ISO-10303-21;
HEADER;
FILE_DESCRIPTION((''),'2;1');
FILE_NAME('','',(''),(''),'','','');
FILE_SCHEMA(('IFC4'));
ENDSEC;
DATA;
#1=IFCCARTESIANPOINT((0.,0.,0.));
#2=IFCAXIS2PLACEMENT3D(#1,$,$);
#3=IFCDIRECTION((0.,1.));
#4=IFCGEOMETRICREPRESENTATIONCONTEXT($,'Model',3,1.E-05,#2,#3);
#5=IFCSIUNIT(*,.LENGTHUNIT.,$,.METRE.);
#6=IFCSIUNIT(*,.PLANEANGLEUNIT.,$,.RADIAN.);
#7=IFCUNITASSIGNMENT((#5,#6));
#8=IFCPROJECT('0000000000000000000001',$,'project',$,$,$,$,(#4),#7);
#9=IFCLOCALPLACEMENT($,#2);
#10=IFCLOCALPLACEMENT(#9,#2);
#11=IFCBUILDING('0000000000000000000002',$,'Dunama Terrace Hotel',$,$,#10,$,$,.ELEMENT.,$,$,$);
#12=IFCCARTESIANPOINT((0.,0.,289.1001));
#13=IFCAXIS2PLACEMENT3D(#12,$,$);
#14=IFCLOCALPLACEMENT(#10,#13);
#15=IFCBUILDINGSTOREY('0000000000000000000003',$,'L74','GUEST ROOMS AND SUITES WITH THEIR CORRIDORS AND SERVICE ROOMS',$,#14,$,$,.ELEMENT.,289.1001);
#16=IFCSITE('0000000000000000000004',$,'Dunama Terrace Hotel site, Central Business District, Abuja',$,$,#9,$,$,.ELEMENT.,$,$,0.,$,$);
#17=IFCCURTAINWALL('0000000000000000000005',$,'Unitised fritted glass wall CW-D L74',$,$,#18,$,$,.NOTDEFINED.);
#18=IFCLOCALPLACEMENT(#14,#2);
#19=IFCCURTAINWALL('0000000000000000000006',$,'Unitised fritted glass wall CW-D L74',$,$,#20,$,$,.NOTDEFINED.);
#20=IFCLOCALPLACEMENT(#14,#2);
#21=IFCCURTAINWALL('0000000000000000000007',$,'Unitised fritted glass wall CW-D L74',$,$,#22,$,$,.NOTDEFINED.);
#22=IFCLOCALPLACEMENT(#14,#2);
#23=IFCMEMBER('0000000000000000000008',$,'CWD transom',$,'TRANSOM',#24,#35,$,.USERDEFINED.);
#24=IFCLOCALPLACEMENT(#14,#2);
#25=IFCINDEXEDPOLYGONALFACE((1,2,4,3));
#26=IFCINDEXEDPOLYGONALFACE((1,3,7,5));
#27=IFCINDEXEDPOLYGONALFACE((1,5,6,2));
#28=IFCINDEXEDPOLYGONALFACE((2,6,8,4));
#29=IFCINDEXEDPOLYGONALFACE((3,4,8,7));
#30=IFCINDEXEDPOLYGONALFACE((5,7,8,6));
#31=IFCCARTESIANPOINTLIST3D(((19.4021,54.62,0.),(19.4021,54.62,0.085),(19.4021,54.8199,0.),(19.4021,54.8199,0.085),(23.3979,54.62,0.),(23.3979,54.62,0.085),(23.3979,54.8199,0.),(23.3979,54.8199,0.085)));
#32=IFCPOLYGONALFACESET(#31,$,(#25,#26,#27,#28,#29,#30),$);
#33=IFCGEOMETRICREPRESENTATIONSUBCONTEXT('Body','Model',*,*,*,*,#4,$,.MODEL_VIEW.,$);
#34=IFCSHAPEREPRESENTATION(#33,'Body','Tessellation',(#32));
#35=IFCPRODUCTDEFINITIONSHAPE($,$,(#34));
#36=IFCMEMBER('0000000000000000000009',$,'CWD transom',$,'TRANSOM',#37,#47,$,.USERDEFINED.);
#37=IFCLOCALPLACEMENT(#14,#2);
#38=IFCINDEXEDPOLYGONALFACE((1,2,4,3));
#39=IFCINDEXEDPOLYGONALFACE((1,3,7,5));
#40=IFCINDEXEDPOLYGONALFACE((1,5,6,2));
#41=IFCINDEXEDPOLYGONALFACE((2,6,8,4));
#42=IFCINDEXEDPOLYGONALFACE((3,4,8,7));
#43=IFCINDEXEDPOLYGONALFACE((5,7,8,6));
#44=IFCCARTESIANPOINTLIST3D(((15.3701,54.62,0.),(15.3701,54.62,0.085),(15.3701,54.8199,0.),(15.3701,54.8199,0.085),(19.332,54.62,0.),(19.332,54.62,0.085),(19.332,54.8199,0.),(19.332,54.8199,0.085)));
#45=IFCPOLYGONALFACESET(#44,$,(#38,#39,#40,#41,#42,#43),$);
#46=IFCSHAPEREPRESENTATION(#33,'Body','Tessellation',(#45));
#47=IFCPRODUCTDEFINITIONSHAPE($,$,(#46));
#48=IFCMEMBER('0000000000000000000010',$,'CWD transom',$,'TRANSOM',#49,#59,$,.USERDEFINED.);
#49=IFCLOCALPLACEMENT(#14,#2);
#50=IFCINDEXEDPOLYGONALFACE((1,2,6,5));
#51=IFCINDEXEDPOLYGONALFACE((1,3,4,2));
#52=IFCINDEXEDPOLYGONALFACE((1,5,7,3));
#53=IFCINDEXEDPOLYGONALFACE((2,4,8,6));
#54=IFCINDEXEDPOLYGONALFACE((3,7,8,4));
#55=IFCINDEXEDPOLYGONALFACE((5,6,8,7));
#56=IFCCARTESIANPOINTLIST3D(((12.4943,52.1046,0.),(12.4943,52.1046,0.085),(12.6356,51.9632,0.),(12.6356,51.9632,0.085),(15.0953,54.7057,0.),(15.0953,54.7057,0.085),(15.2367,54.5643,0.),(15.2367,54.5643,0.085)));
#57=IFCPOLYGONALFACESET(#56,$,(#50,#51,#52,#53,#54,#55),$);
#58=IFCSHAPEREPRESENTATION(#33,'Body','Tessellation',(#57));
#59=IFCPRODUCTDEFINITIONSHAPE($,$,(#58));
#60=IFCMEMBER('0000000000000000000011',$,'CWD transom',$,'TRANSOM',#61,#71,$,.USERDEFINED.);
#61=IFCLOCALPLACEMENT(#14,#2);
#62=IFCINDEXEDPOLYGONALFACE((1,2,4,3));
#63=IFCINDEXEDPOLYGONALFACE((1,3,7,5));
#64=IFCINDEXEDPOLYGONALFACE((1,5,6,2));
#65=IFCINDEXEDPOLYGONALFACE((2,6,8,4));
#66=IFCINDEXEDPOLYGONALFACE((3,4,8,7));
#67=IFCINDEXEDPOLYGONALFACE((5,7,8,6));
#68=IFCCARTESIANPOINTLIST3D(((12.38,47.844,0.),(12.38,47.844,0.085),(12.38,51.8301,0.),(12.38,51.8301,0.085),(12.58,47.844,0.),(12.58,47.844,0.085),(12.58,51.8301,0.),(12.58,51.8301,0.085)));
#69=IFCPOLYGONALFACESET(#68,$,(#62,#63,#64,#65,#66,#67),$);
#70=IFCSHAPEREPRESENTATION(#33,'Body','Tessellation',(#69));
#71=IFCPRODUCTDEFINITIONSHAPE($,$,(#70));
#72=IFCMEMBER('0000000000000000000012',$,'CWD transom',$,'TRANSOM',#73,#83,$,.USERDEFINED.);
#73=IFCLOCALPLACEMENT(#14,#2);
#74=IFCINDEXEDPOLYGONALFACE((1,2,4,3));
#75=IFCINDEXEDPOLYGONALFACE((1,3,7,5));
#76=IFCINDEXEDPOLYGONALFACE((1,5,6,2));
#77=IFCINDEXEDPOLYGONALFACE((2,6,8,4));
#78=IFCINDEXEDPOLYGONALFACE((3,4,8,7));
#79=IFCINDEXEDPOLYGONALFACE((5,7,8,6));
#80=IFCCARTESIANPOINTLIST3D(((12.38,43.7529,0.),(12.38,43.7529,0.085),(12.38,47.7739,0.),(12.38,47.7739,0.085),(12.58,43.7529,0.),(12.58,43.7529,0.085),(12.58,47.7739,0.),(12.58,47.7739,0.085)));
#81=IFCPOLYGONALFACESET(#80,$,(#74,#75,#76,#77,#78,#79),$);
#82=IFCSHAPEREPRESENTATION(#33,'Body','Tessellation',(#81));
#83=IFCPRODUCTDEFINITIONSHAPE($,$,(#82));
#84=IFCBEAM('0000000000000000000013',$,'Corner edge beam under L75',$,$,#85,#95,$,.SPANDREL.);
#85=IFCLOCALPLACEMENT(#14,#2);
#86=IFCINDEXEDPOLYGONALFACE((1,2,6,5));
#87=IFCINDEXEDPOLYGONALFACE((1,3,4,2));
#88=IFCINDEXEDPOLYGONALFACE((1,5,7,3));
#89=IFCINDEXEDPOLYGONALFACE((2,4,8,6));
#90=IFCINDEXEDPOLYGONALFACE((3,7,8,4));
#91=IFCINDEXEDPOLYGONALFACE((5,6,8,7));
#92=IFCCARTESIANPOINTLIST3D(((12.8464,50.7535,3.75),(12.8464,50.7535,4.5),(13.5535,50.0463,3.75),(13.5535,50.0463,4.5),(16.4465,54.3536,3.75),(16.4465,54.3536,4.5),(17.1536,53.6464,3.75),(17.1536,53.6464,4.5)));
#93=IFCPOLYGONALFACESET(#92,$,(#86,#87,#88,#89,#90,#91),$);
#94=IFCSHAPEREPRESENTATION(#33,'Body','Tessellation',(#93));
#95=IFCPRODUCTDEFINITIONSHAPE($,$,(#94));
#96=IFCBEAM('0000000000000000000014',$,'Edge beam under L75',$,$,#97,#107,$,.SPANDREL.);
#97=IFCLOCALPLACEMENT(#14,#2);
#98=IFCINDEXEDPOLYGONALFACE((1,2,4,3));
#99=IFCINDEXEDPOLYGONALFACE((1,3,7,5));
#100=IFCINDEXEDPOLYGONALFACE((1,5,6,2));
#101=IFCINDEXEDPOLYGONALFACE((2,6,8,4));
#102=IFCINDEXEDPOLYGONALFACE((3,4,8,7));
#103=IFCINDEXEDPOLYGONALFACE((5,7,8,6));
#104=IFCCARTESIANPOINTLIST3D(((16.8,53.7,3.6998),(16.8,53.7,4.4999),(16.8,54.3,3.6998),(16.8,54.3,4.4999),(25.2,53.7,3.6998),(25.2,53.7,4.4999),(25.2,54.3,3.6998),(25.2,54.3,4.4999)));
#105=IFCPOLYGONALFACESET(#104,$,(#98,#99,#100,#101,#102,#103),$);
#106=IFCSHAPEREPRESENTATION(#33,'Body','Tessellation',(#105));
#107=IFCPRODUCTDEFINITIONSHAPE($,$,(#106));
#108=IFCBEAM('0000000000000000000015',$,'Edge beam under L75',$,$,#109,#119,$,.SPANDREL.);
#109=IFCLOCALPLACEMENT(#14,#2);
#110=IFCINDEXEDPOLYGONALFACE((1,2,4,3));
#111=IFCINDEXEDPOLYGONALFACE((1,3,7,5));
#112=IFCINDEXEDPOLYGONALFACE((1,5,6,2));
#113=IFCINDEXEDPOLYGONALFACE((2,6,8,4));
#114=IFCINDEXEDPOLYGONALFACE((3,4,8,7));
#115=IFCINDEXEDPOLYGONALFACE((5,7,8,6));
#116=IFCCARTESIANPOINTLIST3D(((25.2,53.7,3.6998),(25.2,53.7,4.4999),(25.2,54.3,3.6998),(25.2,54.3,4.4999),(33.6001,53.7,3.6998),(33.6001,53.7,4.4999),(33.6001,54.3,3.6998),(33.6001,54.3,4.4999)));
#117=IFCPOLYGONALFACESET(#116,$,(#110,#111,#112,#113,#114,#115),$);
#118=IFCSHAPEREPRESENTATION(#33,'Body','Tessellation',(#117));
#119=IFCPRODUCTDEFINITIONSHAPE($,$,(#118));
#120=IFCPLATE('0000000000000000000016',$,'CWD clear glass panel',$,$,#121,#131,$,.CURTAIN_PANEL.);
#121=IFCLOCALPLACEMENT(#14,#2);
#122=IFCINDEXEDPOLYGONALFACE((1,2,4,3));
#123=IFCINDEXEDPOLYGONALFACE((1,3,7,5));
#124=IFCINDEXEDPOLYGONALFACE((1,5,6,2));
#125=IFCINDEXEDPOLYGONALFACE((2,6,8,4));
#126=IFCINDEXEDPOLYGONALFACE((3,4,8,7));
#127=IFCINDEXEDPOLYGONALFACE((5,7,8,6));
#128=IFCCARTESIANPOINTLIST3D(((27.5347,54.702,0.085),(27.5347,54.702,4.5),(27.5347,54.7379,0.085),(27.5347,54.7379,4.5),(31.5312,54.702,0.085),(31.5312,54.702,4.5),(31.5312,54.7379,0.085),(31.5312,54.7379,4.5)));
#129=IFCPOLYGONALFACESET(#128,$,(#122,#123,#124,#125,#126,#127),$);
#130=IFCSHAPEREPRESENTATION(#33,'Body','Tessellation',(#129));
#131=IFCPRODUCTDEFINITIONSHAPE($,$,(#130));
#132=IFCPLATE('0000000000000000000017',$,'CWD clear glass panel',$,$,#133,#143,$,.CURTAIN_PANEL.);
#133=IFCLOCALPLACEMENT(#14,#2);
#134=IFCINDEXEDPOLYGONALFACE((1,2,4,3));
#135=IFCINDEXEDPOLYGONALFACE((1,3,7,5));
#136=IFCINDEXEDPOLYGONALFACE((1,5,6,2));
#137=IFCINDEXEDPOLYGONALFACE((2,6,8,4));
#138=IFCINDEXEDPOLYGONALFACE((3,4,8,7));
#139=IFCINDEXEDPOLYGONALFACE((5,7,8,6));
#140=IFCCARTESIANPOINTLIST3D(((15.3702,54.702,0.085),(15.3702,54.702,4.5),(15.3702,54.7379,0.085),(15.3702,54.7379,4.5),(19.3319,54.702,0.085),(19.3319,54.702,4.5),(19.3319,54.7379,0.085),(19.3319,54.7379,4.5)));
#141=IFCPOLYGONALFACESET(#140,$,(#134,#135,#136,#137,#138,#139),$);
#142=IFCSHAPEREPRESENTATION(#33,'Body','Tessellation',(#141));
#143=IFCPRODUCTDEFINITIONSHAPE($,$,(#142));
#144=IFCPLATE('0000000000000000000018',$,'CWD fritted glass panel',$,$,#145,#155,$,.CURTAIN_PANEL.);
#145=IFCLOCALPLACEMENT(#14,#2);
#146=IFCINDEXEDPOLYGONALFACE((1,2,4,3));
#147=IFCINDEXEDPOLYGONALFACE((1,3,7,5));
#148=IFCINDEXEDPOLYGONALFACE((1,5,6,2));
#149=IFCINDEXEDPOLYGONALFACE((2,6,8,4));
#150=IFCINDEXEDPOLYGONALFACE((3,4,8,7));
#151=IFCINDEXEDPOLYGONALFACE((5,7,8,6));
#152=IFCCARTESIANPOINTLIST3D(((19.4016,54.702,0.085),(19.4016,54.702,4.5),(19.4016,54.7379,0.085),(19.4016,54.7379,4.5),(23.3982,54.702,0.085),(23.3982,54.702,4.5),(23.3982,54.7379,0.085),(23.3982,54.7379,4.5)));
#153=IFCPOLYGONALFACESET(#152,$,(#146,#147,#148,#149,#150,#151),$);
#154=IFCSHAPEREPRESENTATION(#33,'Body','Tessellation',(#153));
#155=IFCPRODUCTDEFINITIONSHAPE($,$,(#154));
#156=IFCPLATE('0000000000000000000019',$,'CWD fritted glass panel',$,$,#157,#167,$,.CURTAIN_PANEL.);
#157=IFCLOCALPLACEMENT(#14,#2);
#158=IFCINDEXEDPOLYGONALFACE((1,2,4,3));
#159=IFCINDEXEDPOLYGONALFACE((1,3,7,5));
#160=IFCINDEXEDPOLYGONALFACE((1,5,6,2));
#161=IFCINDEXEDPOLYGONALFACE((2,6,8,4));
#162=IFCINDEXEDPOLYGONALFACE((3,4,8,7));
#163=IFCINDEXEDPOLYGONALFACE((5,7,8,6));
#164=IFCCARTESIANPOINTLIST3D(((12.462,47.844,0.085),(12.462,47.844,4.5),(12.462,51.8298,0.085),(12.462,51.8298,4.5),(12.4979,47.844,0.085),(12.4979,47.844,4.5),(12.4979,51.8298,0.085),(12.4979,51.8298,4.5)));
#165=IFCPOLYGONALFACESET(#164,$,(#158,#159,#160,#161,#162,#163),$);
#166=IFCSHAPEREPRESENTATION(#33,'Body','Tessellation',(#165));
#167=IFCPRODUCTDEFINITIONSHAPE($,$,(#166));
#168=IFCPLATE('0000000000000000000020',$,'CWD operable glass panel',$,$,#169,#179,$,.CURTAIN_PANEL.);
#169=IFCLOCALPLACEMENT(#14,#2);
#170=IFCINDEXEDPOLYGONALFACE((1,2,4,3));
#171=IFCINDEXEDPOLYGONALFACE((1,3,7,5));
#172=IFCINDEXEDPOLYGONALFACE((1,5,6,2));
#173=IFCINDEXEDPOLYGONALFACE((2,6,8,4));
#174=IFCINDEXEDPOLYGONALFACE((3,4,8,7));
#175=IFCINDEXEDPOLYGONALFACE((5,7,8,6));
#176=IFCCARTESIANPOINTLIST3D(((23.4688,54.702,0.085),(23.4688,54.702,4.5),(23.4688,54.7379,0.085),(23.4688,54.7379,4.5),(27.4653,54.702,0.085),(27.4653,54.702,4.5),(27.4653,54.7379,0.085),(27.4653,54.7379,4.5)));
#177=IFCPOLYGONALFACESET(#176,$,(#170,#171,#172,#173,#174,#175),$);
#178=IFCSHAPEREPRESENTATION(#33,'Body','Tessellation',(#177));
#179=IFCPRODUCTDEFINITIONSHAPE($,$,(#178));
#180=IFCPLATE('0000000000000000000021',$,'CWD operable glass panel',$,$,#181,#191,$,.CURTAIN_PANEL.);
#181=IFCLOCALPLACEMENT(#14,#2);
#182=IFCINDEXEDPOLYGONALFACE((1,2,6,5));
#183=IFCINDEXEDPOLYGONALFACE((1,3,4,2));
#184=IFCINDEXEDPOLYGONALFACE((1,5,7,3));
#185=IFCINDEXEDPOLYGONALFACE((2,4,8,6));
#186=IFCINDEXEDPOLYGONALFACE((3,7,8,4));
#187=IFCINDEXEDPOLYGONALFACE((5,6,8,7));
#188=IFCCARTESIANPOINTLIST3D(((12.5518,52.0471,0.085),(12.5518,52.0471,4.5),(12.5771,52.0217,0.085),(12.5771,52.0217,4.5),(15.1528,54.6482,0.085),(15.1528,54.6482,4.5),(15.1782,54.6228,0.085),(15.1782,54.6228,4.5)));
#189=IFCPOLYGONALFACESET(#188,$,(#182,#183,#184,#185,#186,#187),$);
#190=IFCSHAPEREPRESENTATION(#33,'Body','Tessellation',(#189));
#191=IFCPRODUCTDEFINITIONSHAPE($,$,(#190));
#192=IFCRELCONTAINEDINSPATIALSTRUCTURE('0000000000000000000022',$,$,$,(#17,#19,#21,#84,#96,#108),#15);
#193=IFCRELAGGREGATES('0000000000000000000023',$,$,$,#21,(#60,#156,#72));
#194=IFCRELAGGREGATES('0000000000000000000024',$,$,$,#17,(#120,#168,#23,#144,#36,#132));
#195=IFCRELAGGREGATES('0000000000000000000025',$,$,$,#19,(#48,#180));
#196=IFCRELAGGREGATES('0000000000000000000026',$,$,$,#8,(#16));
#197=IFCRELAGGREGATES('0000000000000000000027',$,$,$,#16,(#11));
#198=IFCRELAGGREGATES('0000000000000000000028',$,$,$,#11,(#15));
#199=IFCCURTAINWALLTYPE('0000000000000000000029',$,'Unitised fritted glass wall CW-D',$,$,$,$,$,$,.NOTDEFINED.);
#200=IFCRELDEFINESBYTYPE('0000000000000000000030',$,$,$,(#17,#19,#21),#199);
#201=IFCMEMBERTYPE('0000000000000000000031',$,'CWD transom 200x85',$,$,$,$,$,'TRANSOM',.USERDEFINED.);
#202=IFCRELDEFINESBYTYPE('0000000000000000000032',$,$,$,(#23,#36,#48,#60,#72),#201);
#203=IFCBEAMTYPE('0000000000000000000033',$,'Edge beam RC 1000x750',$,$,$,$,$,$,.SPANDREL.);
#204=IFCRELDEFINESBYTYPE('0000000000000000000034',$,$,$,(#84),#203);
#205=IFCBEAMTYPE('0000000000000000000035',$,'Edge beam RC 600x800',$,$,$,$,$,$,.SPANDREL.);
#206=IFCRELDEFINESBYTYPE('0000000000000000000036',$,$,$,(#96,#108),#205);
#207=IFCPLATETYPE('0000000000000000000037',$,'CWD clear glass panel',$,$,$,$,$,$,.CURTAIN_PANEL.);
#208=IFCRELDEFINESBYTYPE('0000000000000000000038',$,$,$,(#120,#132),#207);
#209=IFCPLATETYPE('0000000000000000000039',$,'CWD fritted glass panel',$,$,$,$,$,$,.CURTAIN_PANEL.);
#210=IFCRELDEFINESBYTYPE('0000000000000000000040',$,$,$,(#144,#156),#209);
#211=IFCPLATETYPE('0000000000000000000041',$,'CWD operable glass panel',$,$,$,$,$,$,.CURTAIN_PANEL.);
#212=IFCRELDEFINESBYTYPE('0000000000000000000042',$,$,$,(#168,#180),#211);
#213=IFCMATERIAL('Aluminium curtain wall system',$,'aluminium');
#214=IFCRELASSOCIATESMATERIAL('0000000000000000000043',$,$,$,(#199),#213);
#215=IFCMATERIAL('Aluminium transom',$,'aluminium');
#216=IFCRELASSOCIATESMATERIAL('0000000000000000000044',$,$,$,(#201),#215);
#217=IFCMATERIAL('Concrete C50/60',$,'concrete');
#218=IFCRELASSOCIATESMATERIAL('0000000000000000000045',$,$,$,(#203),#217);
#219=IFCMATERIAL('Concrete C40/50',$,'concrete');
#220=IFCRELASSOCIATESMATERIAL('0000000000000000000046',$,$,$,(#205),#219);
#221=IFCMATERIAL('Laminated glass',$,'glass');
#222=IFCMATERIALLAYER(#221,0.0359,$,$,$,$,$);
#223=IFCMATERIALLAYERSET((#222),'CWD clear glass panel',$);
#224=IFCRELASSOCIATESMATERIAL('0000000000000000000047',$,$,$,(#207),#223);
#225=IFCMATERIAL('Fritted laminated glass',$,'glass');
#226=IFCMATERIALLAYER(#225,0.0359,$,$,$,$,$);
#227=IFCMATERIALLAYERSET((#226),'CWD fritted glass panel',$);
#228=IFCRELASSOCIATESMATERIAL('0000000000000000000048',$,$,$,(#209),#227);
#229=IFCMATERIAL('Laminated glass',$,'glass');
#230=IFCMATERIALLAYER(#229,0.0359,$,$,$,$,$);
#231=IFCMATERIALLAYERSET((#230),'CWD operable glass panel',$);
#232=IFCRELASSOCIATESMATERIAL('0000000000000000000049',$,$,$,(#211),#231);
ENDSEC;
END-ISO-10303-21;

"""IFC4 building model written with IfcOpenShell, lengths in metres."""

from ifc_helpers import new_model, si_unit, direction, frame, origin, origin_2d, place, context, subcontext, project, spatial, rectangle, extrude, material, layer, layer_set, material_profile, profile_set, type_object, element, aggregate, save


model = new_model("IFC4")

# Units and contexts
model_context = context("Model", 3, precision=1e-05, world=origin(), true_north=direction((0.0, 1.0)))
body_context = subcontext(model_context, "Body", "Model", "MODEL_VIEW")
ifc_project = project(units=[si_unit("LENGTHUNIT", "METRE"), si_unit("PLANEANGLEUNIT", "RADIAN")], contexts=[model_context])

# Site, building, storey
site_placement = place(None, origin())
site = spatial("IfcSite", under=ifc_project, at=site_placement, Name="Dunama Terrace Hotel site, Central Business District, Abuja", CompositionType="ELEMENT", RefElevation=0.0)
building_placement = place(site_placement, origin())
building = spatial("IfcBuilding", under=site, at=building_placement, Name="Dunama Terrace Hotel", CompositionType="ELEMENT")
storey_placement = place(building_placement, frame((0.0, 0.0, 289.1001)))
storey = spatial("IfcBuildingStorey", under=building, at=storey_placement, Name="L74", Description="GUEST ROOMS AND SUITES WITH THEIR CORRIDORS AND SERVICE ROOMS", CompositionType="ELEMENT", Elevation=289.1001)

# Curtain walls
ifc_material_1 = material(Name="Aluminium curtain wall system", Category="aluminium")
curtain_wall_type = type_object("IfcCurtainWallType", Name="Unitised fritted glass wall CW-D", PredefinedType="NOTDEFINED", material=ifc_material_1)
curtain_wall_1_placement = place(storey_placement, origin())
curtain_wall_1 = element("IfcCurtainWall", 1, at=curtain_wall_1_placement, inside=storey, type_object=curtain_wall_type, Name="Unitised fritted glass wall CW-D L74", PredefinedType="NOTDEFINED")
curtain_wall_2_placement = place(storey_placement, origin())
curtain_wall_2 = element("IfcCurtainWall", 2, at=curtain_wall_2_placement, inside=storey, type_object=curtain_wall_type, Name="Unitised fritted glass wall CW-D L74", PredefinedType="NOTDEFINED")
curtain_wall_3_placement = place(storey_placement, origin())
curtain_wall_3 = element("IfcCurtainWall", 3, at=curtain_wall_3_placement, inside=storey, type_object=curtain_wall_type, Name="Unitised fritted glass wall CW-D L74", PredefinedType="NOTDEFINED")

# Members
ifc_material_2 = material(Name="Aluminium transom", Category="aluminium")
ifc_material_profile_1 = material_profile(ifc_material_2, rectangle(XDim=0.2, YDim=0.085, at=origin_2d()), Name="CWD TRANSOM 200X85")
ifc_profile_set_1 = profile_set([ifc_material_profile_1], Name="Aluminium transom")
member_type_1 = type_object("IfcMemberType", Name="CWD transom 200x85", ElementType="TRANSOM", PredefinedType="USERDEFINED", material=ifc_profile_set_1)
member_1_placement = place(storey_placement, frame((23.3979, 54.72, 0.0425), z_axis=(-1.0, 0.0, 0.0), x_axis=(0.0, -1.0, 0.0)))
member_1 = element("IfcMember", 4, at=member_1_placement, type_object=member_type_1, Name="CWD transom", ObjectType="TRANSOM", PredefinedType="USERDEFINED", context=body_context, shape_type="SweptSolid", body=[
    extrude(rectangle(XDim=0.2, YDim=0.085, at=origin_2d()), origin(), (0.0, 0.0, 1.0), 3.9958),
])
member_2_placement = place(storey_placement, frame((19.332, 54.72, 0.0425), z_axis=(-1.0, 0.0, 0.0), x_axis=(0.0, -1.0, 0.0)))
member_2 = element("IfcMember", 5, at=member_2_placement, type_object=member_type_1, Name="CWD transom", ObjectType="TRANSOM", PredefinedType="USERDEFINED", context=body_context, shape_type="SweptSolid", body=[
    extrude(rectangle(XDim=0.2, YDim=0.085, at=origin_2d()), origin(), (0.0, 0.0, 1.0), 3.9619),
])
member_3_placement = place(storey_placement, frame((15.166, 54.635, 0.0425), z_axis=(-0.707107, -0.707107, 0.0), x_axis=(0.707107, -0.707107, 0.0)))
member_3 = element("IfcMember", 6, at=member_3_placement, type_object=member_type_1, Name="CWD transom", ObjectType="TRANSOM", PredefinedType="USERDEFINED", context=body_context, shape_type="SweptSolid", body=[
    extrude(rectangle(XDim=0.2, YDim=0.085, at=origin_2d()), origin(), (0.0, 0.0, 1.0), 3.6785),
])
member_4_placement = place(storey_placement, frame((12.48, 51.8301, 0.0425), z_axis=(0.0, -1.0, 0.0), x_axis=(1.0, 0.0, 0.0)))
member_4 = element("IfcMember", 7, at=member_4_placement, type_object=member_type_1, Name="CWD transom", ObjectType="TRANSOM", PredefinedType="USERDEFINED", context=body_context, shape_type="SweptSolid", body=[
    extrude(rectangle(XDim=0.2, YDim=0.085, at=origin_2d()), origin(), (0.0, 0.0, 1.0), 3.9861),
])
member_5_placement = place(storey_placement, frame((12.48, 47.7739, 0.0425), z_axis=(0.0, -1.0, 0.0), x_axis=(1.0, 0.0, 0.0)))
member_5 = element("IfcMember", 8, at=member_5_placement, type_object=member_type_1, Name="CWD transom", ObjectType="TRANSOM", PredefinedType="USERDEFINED", context=body_context, shape_type="SweptSolid", body=[
    extrude(rectangle(XDim=0.2, YDim=0.085, at=origin_2d()), origin(), (0.0, 0.0, 1.0), 4.021),
])

# Beams
ifc_material_3 = material(Name="Concrete C50/60", Category="concrete")
ifc_material_profile_2 = material_profile(ifc_material_3, rectangle(XDim=1.0, YDim=0.75, at=origin_2d()), Name="RC 1000x750")
ifc_profile_set_2 = profile_set([ifc_material_profile_2], Name="Concrete C50/60")
beam_type_1 = type_object("IfcBeamType", Name="Edge beam RC 1000x750", PredefinedType="SPANDREL", material=ifc_profile_set_2)
beam_1_placement = place(storey_placement, frame((16.8, 54.0, 4.125), z_axis=(-0.707107, -0.707107, 0.0), x_axis=(0.707107, -0.707107, 0.0)))
element("IfcBeam", 9, at=beam_1_placement, inside=storey, type_object=beam_type_1, Name="Corner edge beam under L75", PredefinedType="SPANDREL", context=body_context, shape_type="SweptSolid", body=[
    extrude(rectangle(XDim=1.0, YDim=0.75, at=origin_2d()), origin(), (0.0, 0.0, 1.0), 5.0913),
])
ifc_material_4 = material(Name="Concrete C40/50", Category="concrete")
ifc_material_profile_3 = material_profile(ifc_material_4, rectangle(XDim=0.6001, YDim=0.8, at=origin_2d()), Name="RC 600x800")
ifc_profile_set_3 = profile_set([ifc_material_profile_3], Name="Concrete C40/50")
beam_type_2 = type_object("IfcBeamType", Name="Edge beam RC 600x800", PredefinedType="SPANDREL", material=ifc_profile_set_3)
beam_2_placement = place(storey_placement, frame((16.8, 54.0, 4.0999), z_axis=(1.0, 0.0, 0.0), x_axis=(0.0, 1.0, 0.0)))
element("IfcBeam", 10, at=beam_2_placement, inside=storey, type_object=beam_type_2, Name="Edge beam under L75", PredefinedType="SPANDREL", context=body_context, shape_type="SweptSolid", body=[
    extrude(rectangle(XDim=0.6001, YDim=0.8, at=origin_2d()), origin(), (0.0, 0.0, 1.0), 8.3999),
])
beam_3_placement = place(storey_placement, frame((25.2, 54.0, 4.0999), z_axis=(1.0, 0.0, 0.0), x_axis=(0.0, 1.0, 0.0)))
element("IfcBeam", 11, at=beam_3_placement, inside=storey, type_object=beam_type_2, Name="Edge beam under L75", PredefinedType="SPANDREL", context=body_context, shape_type="SweptSolid", body=[
    extrude(rectangle(XDim=0.6001, YDim=0.8, at=origin_2d()), origin(), (0.0, 0.0, 1.0), 8.4001),
])

# Plates
ifc_material_5 = material(Name="Laminated glass", Category="glass")
ifc_layer_1 = layer(ifc_material_5, 0.0359)
ifc_layer_set_1 = layer_set([ifc_layer_1], Name="CWD clear glass panel")
plate_type_1 = type_object("IfcPlateType", Name="CWD clear glass panel", PredefinedType="CURTAIN_PANEL", material=ifc_layer_set_1)
plate_1_placement = place(storey_placement, frame((29.533, 54.72, 0.085), z_axis=(0.0, 0.0, 1.0), x_axis=(-1.0, 0.0, 0.0)))
plate_1 = element("IfcPlate", 12, at=plate_1_placement, type_object=plate_type_1, Name="CWD clear glass panel", PredefinedType="CURTAIN_PANEL", context=body_context, shape_type="SweptSolid", body=[
    extrude(rectangle(XDim=3.9966, YDim=0.0359, at=origin_2d()), origin(), (0.0, 0.0, 1.0), 4.415),
])
plate_2_placement = place(storey_placement, frame((17.3511, 54.72, 0.085), z_axis=(0.0, 0.0, 1.0), x_axis=(-1.0, 0.0, 0.0)))
plate_2 = element("IfcPlate", 13, at=plate_2_placement, type_object=plate_type_1, Name="CWD clear glass panel", PredefinedType="CURTAIN_PANEL", context=body_context, shape_type="SweptSolid", body=[
    extrude(rectangle(XDim=3.9617, YDim=0.0359, at=origin_2d()), origin(), (0.0, 0.0, 1.0), 4.415),
])
ifc_material_6 = material(Name="Fritted laminated glass", Category="glass")
ifc_layer_2 = layer(ifc_material_6, 0.0359)
ifc_layer_set_2 = layer_set([ifc_layer_2], Name="CWD fritted glass panel")
plate_type_2 = type_object("IfcPlateType", Name="CWD fritted glass panel", PredefinedType="CURTAIN_PANEL", material=ifc_layer_set_2)
plate_3_placement = place(storey_placement, frame((21.3999, 54.72, 0.085), z_axis=(0.0, 0.0, 1.0), x_axis=(-1.0, 0.0, 0.0)))
plate_3 = element("IfcPlate", 14, at=plate_3_placement, type_object=plate_type_2, Name="CWD fritted glass panel", PredefinedType="CURTAIN_PANEL", context=body_context, shape_type="SweptSolid", body=[
    extrude(rectangle(XDim=3.9966, YDim=0.0359, at=origin_2d()), origin(), (0.0, 0.0, 1.0), 4.415),
])
plate_4_placement = place(storey_placement, frame((12.48, 49.8369, 0.085), z_axis=(0.0, 0.0, 1.0), x_axis=(0.0, -1.0, 0.0)))
plate_4 = element("IfcPlate", 15, at=plate_4_placement, type_object=plate_type_2, Name="CWD fritted glass panel", PredefinedType="CURTAIN_PANEL", context=body_context, shape_type="SweptSolid", body=[
    extrude(rectangle(XDim=3.9858, YDim=0.0359, at=origin_2d()), origin(), (0.0, 0.0, 1.0), 4.415),
])
aggregate(curtain_wall_3, [member_4, plate_4, member_5])
ifc_material_7 = material(Name="Laminated glass", Category="glass")
ifc_layer_3 = layer(ifc_material_7, 0.0359)
ifc_layer_set_3 = layer_set([ifc_layer_3], Name="CWD operable glass panel")
plate_type_3 = type_object("IfcPlateType", Name="CWD operable glass panel", PredefinedType="CURTAIN_PANEL", material=ifc_layer_set_3)
plate_5_placement = place(storey_placement, frame((25.467, 54.72, 0.085), z_axis=(0.0, 0.0, 1.0), x_axis=(-1.0, 0.0, 0.0)))
plate_5 = element("IfcPlate", 16, at=plate_5_placement, type_object=plate_type_3, Name="CWD operable glass panel", PredefinedType="CURTAIN_PANEL", context=body_context, shape_type="SweptSolid", body=[
    extrude(rectangle(XDim=3.9966, YDim=0.0359, at=origin_2d()), origin(), (0.0, 0.0, 1.0), 4.415),
])
aggregate(curtain_wall_1, [plate_1, plate_5, member_1, plate_3, member_2, plate_2])
plate_6_placement = place(storey_placement, frame((13.865, 53.335, 0.085), z_axis=(0.0, 0.0, 1.0), x_axis=(-0.707107, -0.707107, 0.0)))
plate_6 = element("IfcPlate", 17, at=plate_6_placement, type_object=plate_type_3, Name="CWD operable glass panel", PredefinedType="CURTAIN_PANEL", context=body_context, shape_type="SweptSolid", body=[
    extrude(rectangle(XDim=3.6785, YDim=0.0359, at=origin_2d()), origin(), (0.0, 0.0, 1.0), 4.415),
])
aggregate(curtain_wall_2, [member_3, plate_6])

save(model, "model.ifc")
